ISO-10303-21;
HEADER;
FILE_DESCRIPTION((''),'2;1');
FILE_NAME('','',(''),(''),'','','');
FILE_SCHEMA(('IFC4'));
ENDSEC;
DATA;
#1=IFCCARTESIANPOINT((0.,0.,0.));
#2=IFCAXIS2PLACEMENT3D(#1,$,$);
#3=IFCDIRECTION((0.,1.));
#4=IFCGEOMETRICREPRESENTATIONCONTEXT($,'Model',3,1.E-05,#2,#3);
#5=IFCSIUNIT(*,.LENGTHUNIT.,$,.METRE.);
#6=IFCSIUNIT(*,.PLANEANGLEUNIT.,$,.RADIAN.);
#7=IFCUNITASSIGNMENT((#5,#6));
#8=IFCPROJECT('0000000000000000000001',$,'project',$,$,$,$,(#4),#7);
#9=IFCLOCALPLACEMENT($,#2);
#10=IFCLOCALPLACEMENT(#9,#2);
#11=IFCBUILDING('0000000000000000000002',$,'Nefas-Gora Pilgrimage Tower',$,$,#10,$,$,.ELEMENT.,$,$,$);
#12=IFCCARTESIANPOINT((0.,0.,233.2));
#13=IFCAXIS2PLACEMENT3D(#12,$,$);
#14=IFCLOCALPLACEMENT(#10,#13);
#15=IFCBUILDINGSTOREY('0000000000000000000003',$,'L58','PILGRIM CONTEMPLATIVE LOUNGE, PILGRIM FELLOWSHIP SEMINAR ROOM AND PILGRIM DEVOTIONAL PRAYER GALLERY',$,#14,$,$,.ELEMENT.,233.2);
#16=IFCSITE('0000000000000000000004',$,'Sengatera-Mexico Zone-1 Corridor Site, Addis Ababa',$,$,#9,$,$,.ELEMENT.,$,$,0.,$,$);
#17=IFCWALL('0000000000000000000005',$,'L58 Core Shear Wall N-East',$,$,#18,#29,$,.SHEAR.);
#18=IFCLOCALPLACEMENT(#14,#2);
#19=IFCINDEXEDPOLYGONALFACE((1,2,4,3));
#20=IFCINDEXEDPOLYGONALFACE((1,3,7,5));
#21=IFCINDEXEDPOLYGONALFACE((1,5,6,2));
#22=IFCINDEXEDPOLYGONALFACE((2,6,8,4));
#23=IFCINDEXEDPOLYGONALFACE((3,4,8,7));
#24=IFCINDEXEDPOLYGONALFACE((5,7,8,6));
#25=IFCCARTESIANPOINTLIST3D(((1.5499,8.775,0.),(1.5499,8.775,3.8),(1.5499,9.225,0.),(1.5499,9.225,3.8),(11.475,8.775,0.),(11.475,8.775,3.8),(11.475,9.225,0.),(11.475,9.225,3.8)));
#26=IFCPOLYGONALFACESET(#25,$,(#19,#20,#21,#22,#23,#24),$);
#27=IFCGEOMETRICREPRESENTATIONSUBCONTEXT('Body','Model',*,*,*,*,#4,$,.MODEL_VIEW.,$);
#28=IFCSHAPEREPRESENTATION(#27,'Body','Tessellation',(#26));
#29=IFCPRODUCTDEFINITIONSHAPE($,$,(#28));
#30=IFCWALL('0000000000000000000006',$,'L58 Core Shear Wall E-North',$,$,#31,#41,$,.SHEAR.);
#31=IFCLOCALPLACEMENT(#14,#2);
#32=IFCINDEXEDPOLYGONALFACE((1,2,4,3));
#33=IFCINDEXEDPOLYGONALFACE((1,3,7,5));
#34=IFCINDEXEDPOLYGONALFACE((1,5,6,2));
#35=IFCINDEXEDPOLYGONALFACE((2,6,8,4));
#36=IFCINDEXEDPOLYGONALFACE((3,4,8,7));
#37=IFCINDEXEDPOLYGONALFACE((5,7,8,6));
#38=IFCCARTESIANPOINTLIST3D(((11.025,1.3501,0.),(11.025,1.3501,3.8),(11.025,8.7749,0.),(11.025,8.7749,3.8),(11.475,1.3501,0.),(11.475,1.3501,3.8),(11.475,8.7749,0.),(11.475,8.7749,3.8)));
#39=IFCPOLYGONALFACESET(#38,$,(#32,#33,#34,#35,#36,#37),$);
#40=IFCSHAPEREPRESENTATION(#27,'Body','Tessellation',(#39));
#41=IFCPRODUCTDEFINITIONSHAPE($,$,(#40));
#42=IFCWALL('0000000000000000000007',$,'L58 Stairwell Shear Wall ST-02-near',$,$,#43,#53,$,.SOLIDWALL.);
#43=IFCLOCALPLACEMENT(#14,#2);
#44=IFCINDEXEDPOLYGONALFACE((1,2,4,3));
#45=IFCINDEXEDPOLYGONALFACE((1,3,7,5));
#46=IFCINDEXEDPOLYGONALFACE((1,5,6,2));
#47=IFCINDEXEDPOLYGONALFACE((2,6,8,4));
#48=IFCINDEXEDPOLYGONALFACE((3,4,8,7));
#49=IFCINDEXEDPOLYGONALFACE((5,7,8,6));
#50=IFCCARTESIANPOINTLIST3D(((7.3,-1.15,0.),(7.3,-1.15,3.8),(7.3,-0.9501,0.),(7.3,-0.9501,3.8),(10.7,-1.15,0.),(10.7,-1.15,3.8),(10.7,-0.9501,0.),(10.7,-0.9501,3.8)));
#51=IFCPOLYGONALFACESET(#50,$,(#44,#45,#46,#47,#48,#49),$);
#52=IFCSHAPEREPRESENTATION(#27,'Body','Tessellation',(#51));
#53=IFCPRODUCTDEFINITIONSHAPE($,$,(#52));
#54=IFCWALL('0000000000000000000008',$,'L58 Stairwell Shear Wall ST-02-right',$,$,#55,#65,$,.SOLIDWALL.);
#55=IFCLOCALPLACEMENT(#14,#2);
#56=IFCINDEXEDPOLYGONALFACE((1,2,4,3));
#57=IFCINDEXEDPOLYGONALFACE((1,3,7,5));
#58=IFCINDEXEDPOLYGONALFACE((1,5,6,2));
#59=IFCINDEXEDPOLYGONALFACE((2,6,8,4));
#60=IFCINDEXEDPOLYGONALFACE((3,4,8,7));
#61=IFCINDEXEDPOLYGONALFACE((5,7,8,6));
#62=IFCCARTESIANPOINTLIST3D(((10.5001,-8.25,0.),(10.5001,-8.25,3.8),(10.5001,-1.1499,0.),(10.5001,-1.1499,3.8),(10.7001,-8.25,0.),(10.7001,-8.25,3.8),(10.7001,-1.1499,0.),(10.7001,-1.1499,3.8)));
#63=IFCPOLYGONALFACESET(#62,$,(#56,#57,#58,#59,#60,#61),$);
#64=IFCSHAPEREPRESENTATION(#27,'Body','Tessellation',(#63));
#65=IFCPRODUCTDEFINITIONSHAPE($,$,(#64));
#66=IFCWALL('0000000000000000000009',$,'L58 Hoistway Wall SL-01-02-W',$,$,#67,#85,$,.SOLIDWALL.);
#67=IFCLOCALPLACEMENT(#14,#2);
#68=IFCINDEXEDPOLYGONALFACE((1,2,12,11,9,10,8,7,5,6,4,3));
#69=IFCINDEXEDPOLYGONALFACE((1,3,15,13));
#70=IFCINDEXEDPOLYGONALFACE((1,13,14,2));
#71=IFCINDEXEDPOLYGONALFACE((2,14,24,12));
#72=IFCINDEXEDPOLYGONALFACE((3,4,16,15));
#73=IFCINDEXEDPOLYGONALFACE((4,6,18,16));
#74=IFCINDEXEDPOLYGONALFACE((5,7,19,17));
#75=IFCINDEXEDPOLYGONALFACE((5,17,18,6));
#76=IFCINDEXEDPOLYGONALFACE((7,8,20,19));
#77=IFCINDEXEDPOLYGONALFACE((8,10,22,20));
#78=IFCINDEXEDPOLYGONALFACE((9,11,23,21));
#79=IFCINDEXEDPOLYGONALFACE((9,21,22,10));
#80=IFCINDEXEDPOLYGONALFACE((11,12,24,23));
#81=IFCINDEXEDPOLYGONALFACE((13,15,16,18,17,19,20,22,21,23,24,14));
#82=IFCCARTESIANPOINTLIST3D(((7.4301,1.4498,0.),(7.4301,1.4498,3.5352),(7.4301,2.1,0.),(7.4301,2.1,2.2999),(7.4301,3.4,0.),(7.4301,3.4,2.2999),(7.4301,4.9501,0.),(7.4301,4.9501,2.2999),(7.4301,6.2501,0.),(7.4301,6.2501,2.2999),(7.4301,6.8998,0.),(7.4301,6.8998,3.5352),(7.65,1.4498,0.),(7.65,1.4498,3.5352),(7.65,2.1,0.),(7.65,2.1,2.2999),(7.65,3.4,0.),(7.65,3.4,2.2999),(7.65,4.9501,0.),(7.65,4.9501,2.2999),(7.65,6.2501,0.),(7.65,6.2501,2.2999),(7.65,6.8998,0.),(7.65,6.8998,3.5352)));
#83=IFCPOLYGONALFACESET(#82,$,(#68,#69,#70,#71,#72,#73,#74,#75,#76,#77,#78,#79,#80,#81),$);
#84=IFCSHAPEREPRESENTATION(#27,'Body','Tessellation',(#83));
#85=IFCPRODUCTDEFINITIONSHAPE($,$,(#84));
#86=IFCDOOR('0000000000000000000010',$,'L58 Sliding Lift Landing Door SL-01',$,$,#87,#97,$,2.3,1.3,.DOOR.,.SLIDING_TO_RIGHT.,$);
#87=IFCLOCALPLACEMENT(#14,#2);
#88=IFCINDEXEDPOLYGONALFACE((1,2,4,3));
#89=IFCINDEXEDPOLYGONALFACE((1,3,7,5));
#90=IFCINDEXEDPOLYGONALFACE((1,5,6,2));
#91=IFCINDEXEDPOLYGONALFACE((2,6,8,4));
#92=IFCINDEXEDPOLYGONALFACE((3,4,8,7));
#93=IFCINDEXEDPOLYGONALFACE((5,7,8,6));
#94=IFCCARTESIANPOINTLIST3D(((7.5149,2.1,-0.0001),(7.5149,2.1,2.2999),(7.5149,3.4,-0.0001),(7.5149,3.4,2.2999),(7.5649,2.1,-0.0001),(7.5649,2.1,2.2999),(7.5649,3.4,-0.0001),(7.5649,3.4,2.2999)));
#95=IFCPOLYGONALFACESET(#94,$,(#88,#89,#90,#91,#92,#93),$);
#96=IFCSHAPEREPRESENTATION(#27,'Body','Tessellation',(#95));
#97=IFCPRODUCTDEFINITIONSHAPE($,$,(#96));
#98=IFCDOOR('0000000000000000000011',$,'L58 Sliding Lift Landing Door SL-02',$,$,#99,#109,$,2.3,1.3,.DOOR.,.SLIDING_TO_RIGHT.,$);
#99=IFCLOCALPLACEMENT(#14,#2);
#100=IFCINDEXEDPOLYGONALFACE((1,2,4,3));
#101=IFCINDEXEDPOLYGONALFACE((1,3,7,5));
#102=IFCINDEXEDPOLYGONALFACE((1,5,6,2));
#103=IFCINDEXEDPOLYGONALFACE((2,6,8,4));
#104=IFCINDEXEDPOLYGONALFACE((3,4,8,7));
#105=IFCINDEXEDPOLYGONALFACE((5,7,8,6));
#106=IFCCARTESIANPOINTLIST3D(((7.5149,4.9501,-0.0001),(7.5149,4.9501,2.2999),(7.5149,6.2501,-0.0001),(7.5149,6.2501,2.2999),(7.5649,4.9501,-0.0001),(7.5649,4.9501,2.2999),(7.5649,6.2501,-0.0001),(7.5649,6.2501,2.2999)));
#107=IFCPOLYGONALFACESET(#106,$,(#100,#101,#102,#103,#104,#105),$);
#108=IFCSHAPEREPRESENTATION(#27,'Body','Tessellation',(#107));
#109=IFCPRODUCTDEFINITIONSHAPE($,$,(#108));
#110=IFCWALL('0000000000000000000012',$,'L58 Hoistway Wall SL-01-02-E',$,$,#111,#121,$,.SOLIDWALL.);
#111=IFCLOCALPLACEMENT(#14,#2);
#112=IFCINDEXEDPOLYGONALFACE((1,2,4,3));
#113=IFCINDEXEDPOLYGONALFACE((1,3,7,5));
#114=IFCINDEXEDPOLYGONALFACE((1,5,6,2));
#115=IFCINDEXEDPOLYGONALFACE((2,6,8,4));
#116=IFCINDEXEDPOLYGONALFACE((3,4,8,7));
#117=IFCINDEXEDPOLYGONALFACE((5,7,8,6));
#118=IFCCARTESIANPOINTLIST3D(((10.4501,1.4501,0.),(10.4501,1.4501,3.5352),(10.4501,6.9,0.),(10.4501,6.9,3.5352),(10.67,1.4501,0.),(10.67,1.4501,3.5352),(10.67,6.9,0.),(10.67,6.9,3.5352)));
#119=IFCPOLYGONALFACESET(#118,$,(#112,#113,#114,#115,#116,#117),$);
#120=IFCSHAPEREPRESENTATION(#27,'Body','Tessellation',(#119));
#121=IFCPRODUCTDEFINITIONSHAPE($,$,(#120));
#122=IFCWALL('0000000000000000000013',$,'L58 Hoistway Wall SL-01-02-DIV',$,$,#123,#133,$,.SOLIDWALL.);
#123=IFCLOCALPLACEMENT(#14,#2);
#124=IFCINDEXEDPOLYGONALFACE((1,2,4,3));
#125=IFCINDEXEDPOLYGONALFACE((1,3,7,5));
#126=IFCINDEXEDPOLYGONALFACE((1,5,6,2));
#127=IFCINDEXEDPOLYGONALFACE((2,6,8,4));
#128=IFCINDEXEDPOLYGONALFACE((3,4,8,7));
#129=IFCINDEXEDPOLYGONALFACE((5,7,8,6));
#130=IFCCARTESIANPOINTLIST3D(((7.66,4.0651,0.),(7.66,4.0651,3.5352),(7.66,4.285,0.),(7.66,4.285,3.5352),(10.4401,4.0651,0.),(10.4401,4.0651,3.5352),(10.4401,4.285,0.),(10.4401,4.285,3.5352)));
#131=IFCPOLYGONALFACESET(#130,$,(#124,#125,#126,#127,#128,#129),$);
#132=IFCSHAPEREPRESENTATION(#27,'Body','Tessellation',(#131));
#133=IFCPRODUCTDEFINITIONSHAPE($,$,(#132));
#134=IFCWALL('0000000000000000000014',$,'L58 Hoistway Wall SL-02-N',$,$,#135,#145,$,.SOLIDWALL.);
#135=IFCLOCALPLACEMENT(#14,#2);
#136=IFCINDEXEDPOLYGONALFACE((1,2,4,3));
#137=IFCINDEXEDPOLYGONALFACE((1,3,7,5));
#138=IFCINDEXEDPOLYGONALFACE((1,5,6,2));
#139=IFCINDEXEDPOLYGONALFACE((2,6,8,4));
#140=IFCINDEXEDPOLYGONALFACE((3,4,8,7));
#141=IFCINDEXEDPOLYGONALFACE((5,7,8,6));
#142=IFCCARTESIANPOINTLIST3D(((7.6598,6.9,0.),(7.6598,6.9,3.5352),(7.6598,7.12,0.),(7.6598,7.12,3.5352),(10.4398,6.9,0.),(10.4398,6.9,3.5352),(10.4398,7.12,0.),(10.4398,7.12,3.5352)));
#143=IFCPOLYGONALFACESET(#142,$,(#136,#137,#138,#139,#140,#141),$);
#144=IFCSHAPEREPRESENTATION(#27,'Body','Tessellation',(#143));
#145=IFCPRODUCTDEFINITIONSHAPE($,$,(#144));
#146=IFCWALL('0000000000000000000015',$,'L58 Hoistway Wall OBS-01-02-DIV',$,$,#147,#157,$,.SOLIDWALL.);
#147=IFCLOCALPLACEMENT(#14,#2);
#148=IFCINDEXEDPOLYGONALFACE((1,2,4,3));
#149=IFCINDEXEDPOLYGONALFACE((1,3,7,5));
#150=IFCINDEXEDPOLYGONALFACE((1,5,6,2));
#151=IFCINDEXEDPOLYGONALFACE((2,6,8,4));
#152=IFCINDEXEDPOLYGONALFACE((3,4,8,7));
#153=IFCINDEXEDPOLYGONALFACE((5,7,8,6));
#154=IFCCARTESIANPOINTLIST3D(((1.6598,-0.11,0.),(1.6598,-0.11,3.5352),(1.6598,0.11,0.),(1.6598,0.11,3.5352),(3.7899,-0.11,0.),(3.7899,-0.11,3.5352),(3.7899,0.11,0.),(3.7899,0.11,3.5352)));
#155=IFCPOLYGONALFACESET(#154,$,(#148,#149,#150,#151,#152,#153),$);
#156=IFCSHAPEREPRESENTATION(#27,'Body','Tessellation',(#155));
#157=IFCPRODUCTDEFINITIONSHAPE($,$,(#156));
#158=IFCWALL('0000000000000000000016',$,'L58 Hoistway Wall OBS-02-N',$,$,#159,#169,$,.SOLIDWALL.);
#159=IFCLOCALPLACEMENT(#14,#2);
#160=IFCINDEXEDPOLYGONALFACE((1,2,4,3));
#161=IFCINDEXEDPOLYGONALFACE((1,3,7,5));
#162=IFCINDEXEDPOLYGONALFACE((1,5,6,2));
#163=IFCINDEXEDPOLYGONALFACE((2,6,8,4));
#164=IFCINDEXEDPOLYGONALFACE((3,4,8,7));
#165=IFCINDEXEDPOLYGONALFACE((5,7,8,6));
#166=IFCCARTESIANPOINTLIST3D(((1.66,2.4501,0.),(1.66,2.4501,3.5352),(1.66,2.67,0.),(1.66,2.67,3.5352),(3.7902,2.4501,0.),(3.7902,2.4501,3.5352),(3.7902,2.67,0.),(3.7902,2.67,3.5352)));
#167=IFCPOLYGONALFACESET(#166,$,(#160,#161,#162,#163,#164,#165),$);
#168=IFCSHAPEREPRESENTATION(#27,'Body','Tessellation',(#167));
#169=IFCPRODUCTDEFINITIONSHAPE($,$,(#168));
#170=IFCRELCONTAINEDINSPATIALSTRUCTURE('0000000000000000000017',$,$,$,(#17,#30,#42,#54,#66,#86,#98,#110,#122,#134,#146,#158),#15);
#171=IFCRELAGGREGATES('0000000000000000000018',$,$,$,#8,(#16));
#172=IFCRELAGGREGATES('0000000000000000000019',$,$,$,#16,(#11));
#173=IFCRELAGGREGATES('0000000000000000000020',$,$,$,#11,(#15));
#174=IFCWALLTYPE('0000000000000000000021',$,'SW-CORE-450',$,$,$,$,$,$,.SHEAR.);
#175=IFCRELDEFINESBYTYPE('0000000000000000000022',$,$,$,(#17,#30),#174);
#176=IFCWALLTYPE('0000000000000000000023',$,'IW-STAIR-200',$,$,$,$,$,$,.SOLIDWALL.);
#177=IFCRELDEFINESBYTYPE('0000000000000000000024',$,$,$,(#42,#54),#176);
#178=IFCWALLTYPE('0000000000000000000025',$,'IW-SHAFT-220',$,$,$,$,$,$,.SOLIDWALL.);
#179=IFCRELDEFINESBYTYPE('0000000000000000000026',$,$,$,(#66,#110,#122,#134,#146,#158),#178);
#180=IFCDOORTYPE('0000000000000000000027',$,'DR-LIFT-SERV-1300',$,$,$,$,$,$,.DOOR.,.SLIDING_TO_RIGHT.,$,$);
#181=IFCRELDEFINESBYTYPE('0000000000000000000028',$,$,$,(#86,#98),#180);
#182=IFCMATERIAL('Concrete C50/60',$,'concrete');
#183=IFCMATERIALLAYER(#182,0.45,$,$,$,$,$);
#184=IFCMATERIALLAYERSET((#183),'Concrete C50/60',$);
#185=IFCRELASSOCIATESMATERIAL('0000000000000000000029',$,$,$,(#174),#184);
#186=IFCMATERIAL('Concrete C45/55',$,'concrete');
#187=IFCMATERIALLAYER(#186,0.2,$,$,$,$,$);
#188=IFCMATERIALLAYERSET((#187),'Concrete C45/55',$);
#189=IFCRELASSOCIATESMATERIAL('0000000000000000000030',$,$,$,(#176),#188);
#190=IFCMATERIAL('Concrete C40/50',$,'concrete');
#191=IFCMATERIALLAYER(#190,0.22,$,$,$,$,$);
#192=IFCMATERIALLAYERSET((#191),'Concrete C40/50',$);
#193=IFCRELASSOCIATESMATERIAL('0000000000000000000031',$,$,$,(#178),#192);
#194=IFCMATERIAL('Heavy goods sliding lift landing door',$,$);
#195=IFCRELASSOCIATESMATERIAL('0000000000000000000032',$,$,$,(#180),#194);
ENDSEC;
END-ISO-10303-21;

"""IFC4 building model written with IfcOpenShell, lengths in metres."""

from ifc_helpers import new_model, si_unit, direction, frame, frame_2d, origin, place, context, subcontext, project, spatial, rectangle, extrude, source, transform, mapped, material, layer, layer_set, type_object, element, fill, save


model = new_model("IFC4")

# Units and contexts
model_context = context("Model", 3, precision=1e-05, world=origin(), true_north=direction((0.0, 1.0)))
body_context = subcontext(model_context, "Body", "Model", "MODEL_VIEW")
ifc_project = project(units=[si_unit("LENGTHUNIT", "METRE"), si_unit("PLANEANGLEUNIT", "RADIAN")], contexts=[model_context])

# Site, building, storey
site_placement = place(None, origin())
site = spatial("IfcSite", under=ifc_project, at=site_placement, Name="Sengatera-Mexico Zone-1 Corridor Site, Addis Ababa", CompositionType="ELEMENT", RefElevation=0.0)
building_placement = place(site_placement, origin())
building = spatial("IfcBuilding", under=site, at=building_placement, Name="Nefas-Gora Pilgrimage Tower", CompositionType="ELEMENT")
storey_placement = place(building_placement, frame((0.0, 0.0, 233.2)))
storey = spatial("IfcBuildingStorey", under=building, at=storey_placement, Name="L58", Description="PILGRIM CONTEMPLATIVE LOUNGE, PILGRIM FELLOWSHIP SEMINAR ROOM AND PILGRIM DEVOTIONAL PRAYER GALLERY", CompositionType="ELEMENT", Elevation=233.2)

# Shared definitions
ifc_material_1 = material(Name="Concrete C40/50", Category="concrete")

# Shared definitions
ifc_material_2 = material(Name="Concrete C45/55", Category="concrete")

# Walls
ifc_material_3 = material(Name="Concrete C50/60", Category="concrete")
ifc_layer_1 = layer(ifc_material_3, 0.45)
ifc_layer_set_1 = layer_set([ifc_layer_1], Name="Concrete C50/60")
wall_type_1 = type_object("IfcWallType", Name="SW-CORE-450", PredefinedType="SHEAR", material=ifc_layer_set_1)
shared_shape_1 = source(origin(), body_context, "Body", "SweptSolid", [
    extrude(rectangle(XDim=9.925, YDim=0.45, at=frame_2d((4.9624, 0.0))), origin(), (0.0, 0.0, 1.0), 3.8),
])
wall_1_placement = place(storey_placement, frame((1.55, 9.0, 0.0), z_axis=(0.0, 0.0, 1.0), x_axis=(1.0, 0.0, 0.0)))
element("IfcWall", 1, at=wall_1_placement, inside=storey, type_object=wall_type_1, Name="L58 Core Shear Wall N-East", PredefinedType="SHEAR", context=body_context, shape_type="MappedRepresentation", body=[
    mapped(shared_shape_1, transform((0.0, 0.0, 0.0), x_axis=(1.0, 0.0, 0.0), y_axis=(0.0, 1.0, 0.0), z_axis=(0.0, 0.0, 1.0), scale=1.0)),
])
shared_shape_2 = source(origin(), body_context, "Body", "SweptSolid", [
    extrude(rectangle(XDim=7.4248, YDim=0.45, at=frame_2d((3.7124, 0.0))), origin(), (0.0, 0.0, 1.0), 3.8),
])
wall_2_placement = place(storey_placement, frame((11.25, 1.3501, 0.0), z_axis=(0.0, 0.0, 1.0), x_axis=(0.0, 1.0, 0.0)))
element("IfcWall", 2, at=wall_2_placement, inside=storey, type_object=wall_type_1, Name="L58 Core Shear Wall E-North", PredefinedType="SHEAR", context=body_context, shape_type="MappedRepresentation", body=[
    mapped(shared_shape_2, transform((0.0, 0.0, 0.0), x_axis=(1.0, 0.0, 0.0), y_axis=(0.0, 1.0, 0.0), z_axis=(0.0, 0.0, 1.0), scale=1.0)),
])
ifc_layer_2 = layer(ifc_material_2, 0.2)
ifc_layer_set_2 = layer_set([ifc_layer_2], Name="Concrete C45/55")
wall_type_2 = type_object("IfcWallType", Name="IW-STAIR-200", PredefinedType="SOLIDWALL", material=ifc_layer_set_2)
shared_shape_3 = source(origin(), body_context, "Body", "SweptSolid", [
    extrude(rectangle(XDim=3.3999, YDim=0.2, at=frame_2d((1.7, 0.0))), origin(), (0.0, 0.0, 1.0), 3.8),
])
wall_3_placement = place(storey_placement, frame((7.3, -1.05, 0.0), z_axis=(0.0, 0.0, 1.0), x_axis=(1.0, 0.0, 0.0)))
element("IfcWall", 3, at=wall_3_placement, inside=storey, type_object=wall_type_2, Name="L58 Stairwell Shear Wall ST-02-near", PredefinedType="SOLIDWALL", context=body_context, shape_type="MappedRepresentation", body=[
    mapped(shared_shape_3, transform((0.0, 0.0, 0.0), x_axis=(1.0, 0.0, 0.0), y_axis=(0.0, 1.0, 0.0), z_axis=(0.0, 0.0, 1.0), scale=1.0)),
])
shared_shape_4 = source(origin(), body_context, "Body", "SweptSolid", [
    extrude(rectangle(XDim=7.1001, YDim=0.2, at=frame_2d((3.55, 0.0))), origin(), (0.0, 0.0, 1.0), 3.8),
])
wall_4_placement = place(storey_placement, frame((10.6001, -1.1499, 0.0), z_axis=(0.0, 0.0, 1.0), x_axis=(0.0, -1.0, 0.0)))
element("IfcWall", 4, at=wall_4_placement, inside=storey, type_object=wall_type_2, Name="L58 Stairwell Shear Wall ST-02-right", PredefinedType="SOLIDWALL", context=body_context, shape_type="MappedRepresentation", body=[
    mapped(shared_shape_4, transform((0.0, 0.0, 0.0), x_axis=(1.0, 0.0, 0.0), y_axis=(0.0, 1.0, 0.0), z_axis=(0.0, 0.0, 1.0), scale=1.0)),
])

# Wall, openings, doors
ifc_layer_3 = layer(ifc_material_1, 0.22)
ifc_layer_set_3 = layer_set([ifc_layer_3], Name="Concrete C40/50")
wall_type_3 = type_object("IfcWallType", Name="IW-SHAFT-220", PredefinedType="SOLIDWALL", material=ifc_layer_set_3)
shared_shape_5 = source(origin(), body_context, "Body", "SweptSolid", [
    extrude(rectangle(XDim=5.45, YDim=0.22, at=frame_2d((2.7251, 0.0))), origin(), (0.0, 0.0, 1.0), 3.5352),
])
wall_5_placement = place(storey_placement, frame((7.54, 6.8999, 0.0), z_axis=(0.0, 0.0, 1.0), x_axis=(0.0, -1.0, 0.0)))
wall_5 = element("IfcWall", 5, at=wall_5_placement, inside=storey, type_object=wall_type_3, Name="L58 Hoistway Wall SL-01-02-W", PredefinedType="SOLIDWALL", context=body_context, shape_type="MappedRepresentation", body=[
    mapped(shared_shape_5, transform((0.0, 0.0, 0.0), x_axis=(1.0, 0.0, 0.0), y_axis=(0.0, 1.0, 0.0), z_axis=(0.0, 0.0, 1.0), scale=1.0)),
])
opening_1_placement = place(wall_5_placement, frame((3.5, 0.0, 0.0)))
opening_1 = element("IfcOpeningElement", 6, at=opening_1_placement, cuts=wall_5, PredefinedType="OPENING", context=body_context, shape_type="SweptSolid", body=[
    extrude(rectangle(XDim=1.3, YDim=2.3, at=frame_2d((0.6499, 1.1499))), frame((0.0, 0.1199, 0.0), z_axis=(0.0, -1.0, 0.0), x_axis=(1.0, 0.0, 0.0)), (0.0, 0.0, 1.0), 0.24),
])
opening_2_placement = place(wall_5_placement, frame((0.6499, 0.0, 0.0)))
opening_2 = element("IfcOpeningElement", 7, at=opening_2_placement, cuts=wall_5, PredefinedType="OPENING", context=body_context, shape_type="SweptSolid", body=[
    extrude(rectangle(XDim=1.3, YDim=2.3, at=frame_2d((0.6499, 1.1499))), frame((0.0, 0.1199, 0.0), z_axis=(0.0, -1.0, 0.0), x_axis=(1.0, 0.0, 0.0)), (0.0, 0.0, 1.0), 0.24),
])
ifc_material_4 = material(Name="Heavy goods sliding lift landing door")
door_type_1 = type_object("IfcDoorType", Name="DR-LIFT-SERV-1300", OperationType="SLIDING_TO_RIGHT", PredefinedType="DOOR", material=ifc_material_4)
shared_shape_6 = source(origin(), body_context, "Body", "SweptSolid", [
    extrude(rectangle(XDim=1.3, YDim=2.3, at=frame_2d((0.6499, 1.1499))), frame((0.0, 0.0249, 0.0), z_axis=(0.0, -1.0, 0.0), x_axis=(1.0, 0.0, 0.0)), (0.0, 0.0, 1.0), 0.05),
])
door_1_placement = place(opening_1_placement, origin())
door_1 = element("IfcDoor", 8, at=door_1_placement, inside=storey, type_object=door_type_1, Name="L58 Sliding Lift Landing Door SL-01", OperationType="SLIDING_TO_RIGHT", OverallHeight=2.3, OverallWidth=1.3, PredefinedType="DOOR", context=body_context, shape_type="MappedRepresentation", body=[
    mapped(shared_shape_6, transform((0.0, 0.0, 0.0), x_axis=(1.0, 0.0, 0.0), y_axis=(0.0, 1.0, 0.0), z_axis=(0.0, 0.0, 1.0), scale=1.0)),
])
fill(opening_1, door_1)
door_2_placement = place(opening_2_placement, origin())
door_2 = element("IfcDoor", 9, at=door_2_placement, inside=storey, type_object=door_type_1, Name="L58 Sliding Lift Landing Door SL-02", OperationType="SLIDING_TO_RIGHT", OverallHeight=2.3, OverallWidth=1.3, PredefinedType="DOOR", context=body_context, shape_type="MappedRepresentation", body=[
    mapped(shared_shape_6, transform((0.0, 0.0, 0.0), x_axis=(1.0, 0.0, 0.0), y_axis=(0.0, 1.0, 0.0), z_axis=(0.0, 0.0, 1.0), scale=1.0)),
])
fill(opening_2, door_2)

# Walls
wall_6_placement = place(storey_placement, frame((10.5601, 1.45, 0.0), z_axis=(0.0, 0.0, 1.0), x_axis=(0.0, 1.0, 0.0)))
element("IfcWall", 10, at=wall_6_placement, inside=storey, type_object=wall_type_3, Name="L58 Hoistway Wall SL-01-02-E", PredefinedType="SOLIDWALL", context=body_context, shape_type="MappedRepresentation", body=[
    mapped(shared_shape_5, transform((0.0, 0.0, 0.0), x_axis=(1.0, 0.0, 0.0), y_axis=(0.0, 1.0, 0.0), z_axis=(0.0, 0.0, 1.0), scale=1.0)),
])
shared_shape_7 = source(origin(), body_context, "Body", "SweptSolid", [
    extrude(rectangle(XDim=2.78, YDim=0.22, at=frame_2d((1.3901, 0.0))), origin(), (0.0, 0.0, 1.0), 3.5352),
])
for number, where, z_axis, x_axis, name in (
    (11, (7.6599, 4.175, 0.0), (0.0, 0.0, 1.0), (1.0, 0.0, 0.0), "L58 Hoistway Wall SL-01-02-DIV"),
    (12, (10.4399, 7.01, 0.0), (0.0, 0.0, 1.0), (-1.0, 0.0, 0.0), "L58 Hoistway Wall SL-02-N"),
):
    element("IfcWall", number, at=place(storey_placement, frame(where, z_axis=z_axis, x_axis=x_axis)), inside=storey, type_object=wall_type_3, Name=name, PredefinedType="SOLIDWALL", context=body_context, shape_type="MappedRepresentation", body=[
        mapped(shared_shape_7, transform((0.0, 0.0, 0.0), x_axis=(1.0, 0.0, 0.0), y_axis=(0.0, 1.0, 0.0), z_axis=(0.0, 0.0, 1.0), scale=1.0)),
    ])
shared_shape_8 = source(origin(), body_context, "Body", "SweptSolid", [
    extrude(rectangle(XDim=2.1301, YDim=0.22, at=frame_2d((1.0649, 0.0))), origin(), (0.0, 0.0, 1.0), 3.5352),
])
for number, where, z_axis, x_axis, name in (
    (13, (1.6599, 0.0, 0.0), (0.0, 0.0, 1.0), (1.0, 0.0, 0.0), "L58 Hoistway Wall OBS-01-02-DIV"),
    (14, (3.79, 2.5601, 0.0), (0.0, 0.0, 1.0), (-1.0, 0.0, 0.0), "L58 Hoistway Wall OBS-02-N"),
):
    element("IfcWall", number, at=place(storey_placement, frame(where, z_axis=z_axis, x_axis=x_axis)), inside=storey, type_object=wall_type_3, Name=name, PredefinedType="SOLIDWALL", context=body_context, shape_type="MappedRepresentation", body=[
        mapped(shared_shape_8, transform((0.0, 0.0, 0.0), x_axis=(1.0, 0.0, 0.0), y_axis=(0.0, 1.0, 0.0), z_axis=(0.0, 0.0, 1.0), scale=1.0)),
    ])

save(model, "model.ifc")
